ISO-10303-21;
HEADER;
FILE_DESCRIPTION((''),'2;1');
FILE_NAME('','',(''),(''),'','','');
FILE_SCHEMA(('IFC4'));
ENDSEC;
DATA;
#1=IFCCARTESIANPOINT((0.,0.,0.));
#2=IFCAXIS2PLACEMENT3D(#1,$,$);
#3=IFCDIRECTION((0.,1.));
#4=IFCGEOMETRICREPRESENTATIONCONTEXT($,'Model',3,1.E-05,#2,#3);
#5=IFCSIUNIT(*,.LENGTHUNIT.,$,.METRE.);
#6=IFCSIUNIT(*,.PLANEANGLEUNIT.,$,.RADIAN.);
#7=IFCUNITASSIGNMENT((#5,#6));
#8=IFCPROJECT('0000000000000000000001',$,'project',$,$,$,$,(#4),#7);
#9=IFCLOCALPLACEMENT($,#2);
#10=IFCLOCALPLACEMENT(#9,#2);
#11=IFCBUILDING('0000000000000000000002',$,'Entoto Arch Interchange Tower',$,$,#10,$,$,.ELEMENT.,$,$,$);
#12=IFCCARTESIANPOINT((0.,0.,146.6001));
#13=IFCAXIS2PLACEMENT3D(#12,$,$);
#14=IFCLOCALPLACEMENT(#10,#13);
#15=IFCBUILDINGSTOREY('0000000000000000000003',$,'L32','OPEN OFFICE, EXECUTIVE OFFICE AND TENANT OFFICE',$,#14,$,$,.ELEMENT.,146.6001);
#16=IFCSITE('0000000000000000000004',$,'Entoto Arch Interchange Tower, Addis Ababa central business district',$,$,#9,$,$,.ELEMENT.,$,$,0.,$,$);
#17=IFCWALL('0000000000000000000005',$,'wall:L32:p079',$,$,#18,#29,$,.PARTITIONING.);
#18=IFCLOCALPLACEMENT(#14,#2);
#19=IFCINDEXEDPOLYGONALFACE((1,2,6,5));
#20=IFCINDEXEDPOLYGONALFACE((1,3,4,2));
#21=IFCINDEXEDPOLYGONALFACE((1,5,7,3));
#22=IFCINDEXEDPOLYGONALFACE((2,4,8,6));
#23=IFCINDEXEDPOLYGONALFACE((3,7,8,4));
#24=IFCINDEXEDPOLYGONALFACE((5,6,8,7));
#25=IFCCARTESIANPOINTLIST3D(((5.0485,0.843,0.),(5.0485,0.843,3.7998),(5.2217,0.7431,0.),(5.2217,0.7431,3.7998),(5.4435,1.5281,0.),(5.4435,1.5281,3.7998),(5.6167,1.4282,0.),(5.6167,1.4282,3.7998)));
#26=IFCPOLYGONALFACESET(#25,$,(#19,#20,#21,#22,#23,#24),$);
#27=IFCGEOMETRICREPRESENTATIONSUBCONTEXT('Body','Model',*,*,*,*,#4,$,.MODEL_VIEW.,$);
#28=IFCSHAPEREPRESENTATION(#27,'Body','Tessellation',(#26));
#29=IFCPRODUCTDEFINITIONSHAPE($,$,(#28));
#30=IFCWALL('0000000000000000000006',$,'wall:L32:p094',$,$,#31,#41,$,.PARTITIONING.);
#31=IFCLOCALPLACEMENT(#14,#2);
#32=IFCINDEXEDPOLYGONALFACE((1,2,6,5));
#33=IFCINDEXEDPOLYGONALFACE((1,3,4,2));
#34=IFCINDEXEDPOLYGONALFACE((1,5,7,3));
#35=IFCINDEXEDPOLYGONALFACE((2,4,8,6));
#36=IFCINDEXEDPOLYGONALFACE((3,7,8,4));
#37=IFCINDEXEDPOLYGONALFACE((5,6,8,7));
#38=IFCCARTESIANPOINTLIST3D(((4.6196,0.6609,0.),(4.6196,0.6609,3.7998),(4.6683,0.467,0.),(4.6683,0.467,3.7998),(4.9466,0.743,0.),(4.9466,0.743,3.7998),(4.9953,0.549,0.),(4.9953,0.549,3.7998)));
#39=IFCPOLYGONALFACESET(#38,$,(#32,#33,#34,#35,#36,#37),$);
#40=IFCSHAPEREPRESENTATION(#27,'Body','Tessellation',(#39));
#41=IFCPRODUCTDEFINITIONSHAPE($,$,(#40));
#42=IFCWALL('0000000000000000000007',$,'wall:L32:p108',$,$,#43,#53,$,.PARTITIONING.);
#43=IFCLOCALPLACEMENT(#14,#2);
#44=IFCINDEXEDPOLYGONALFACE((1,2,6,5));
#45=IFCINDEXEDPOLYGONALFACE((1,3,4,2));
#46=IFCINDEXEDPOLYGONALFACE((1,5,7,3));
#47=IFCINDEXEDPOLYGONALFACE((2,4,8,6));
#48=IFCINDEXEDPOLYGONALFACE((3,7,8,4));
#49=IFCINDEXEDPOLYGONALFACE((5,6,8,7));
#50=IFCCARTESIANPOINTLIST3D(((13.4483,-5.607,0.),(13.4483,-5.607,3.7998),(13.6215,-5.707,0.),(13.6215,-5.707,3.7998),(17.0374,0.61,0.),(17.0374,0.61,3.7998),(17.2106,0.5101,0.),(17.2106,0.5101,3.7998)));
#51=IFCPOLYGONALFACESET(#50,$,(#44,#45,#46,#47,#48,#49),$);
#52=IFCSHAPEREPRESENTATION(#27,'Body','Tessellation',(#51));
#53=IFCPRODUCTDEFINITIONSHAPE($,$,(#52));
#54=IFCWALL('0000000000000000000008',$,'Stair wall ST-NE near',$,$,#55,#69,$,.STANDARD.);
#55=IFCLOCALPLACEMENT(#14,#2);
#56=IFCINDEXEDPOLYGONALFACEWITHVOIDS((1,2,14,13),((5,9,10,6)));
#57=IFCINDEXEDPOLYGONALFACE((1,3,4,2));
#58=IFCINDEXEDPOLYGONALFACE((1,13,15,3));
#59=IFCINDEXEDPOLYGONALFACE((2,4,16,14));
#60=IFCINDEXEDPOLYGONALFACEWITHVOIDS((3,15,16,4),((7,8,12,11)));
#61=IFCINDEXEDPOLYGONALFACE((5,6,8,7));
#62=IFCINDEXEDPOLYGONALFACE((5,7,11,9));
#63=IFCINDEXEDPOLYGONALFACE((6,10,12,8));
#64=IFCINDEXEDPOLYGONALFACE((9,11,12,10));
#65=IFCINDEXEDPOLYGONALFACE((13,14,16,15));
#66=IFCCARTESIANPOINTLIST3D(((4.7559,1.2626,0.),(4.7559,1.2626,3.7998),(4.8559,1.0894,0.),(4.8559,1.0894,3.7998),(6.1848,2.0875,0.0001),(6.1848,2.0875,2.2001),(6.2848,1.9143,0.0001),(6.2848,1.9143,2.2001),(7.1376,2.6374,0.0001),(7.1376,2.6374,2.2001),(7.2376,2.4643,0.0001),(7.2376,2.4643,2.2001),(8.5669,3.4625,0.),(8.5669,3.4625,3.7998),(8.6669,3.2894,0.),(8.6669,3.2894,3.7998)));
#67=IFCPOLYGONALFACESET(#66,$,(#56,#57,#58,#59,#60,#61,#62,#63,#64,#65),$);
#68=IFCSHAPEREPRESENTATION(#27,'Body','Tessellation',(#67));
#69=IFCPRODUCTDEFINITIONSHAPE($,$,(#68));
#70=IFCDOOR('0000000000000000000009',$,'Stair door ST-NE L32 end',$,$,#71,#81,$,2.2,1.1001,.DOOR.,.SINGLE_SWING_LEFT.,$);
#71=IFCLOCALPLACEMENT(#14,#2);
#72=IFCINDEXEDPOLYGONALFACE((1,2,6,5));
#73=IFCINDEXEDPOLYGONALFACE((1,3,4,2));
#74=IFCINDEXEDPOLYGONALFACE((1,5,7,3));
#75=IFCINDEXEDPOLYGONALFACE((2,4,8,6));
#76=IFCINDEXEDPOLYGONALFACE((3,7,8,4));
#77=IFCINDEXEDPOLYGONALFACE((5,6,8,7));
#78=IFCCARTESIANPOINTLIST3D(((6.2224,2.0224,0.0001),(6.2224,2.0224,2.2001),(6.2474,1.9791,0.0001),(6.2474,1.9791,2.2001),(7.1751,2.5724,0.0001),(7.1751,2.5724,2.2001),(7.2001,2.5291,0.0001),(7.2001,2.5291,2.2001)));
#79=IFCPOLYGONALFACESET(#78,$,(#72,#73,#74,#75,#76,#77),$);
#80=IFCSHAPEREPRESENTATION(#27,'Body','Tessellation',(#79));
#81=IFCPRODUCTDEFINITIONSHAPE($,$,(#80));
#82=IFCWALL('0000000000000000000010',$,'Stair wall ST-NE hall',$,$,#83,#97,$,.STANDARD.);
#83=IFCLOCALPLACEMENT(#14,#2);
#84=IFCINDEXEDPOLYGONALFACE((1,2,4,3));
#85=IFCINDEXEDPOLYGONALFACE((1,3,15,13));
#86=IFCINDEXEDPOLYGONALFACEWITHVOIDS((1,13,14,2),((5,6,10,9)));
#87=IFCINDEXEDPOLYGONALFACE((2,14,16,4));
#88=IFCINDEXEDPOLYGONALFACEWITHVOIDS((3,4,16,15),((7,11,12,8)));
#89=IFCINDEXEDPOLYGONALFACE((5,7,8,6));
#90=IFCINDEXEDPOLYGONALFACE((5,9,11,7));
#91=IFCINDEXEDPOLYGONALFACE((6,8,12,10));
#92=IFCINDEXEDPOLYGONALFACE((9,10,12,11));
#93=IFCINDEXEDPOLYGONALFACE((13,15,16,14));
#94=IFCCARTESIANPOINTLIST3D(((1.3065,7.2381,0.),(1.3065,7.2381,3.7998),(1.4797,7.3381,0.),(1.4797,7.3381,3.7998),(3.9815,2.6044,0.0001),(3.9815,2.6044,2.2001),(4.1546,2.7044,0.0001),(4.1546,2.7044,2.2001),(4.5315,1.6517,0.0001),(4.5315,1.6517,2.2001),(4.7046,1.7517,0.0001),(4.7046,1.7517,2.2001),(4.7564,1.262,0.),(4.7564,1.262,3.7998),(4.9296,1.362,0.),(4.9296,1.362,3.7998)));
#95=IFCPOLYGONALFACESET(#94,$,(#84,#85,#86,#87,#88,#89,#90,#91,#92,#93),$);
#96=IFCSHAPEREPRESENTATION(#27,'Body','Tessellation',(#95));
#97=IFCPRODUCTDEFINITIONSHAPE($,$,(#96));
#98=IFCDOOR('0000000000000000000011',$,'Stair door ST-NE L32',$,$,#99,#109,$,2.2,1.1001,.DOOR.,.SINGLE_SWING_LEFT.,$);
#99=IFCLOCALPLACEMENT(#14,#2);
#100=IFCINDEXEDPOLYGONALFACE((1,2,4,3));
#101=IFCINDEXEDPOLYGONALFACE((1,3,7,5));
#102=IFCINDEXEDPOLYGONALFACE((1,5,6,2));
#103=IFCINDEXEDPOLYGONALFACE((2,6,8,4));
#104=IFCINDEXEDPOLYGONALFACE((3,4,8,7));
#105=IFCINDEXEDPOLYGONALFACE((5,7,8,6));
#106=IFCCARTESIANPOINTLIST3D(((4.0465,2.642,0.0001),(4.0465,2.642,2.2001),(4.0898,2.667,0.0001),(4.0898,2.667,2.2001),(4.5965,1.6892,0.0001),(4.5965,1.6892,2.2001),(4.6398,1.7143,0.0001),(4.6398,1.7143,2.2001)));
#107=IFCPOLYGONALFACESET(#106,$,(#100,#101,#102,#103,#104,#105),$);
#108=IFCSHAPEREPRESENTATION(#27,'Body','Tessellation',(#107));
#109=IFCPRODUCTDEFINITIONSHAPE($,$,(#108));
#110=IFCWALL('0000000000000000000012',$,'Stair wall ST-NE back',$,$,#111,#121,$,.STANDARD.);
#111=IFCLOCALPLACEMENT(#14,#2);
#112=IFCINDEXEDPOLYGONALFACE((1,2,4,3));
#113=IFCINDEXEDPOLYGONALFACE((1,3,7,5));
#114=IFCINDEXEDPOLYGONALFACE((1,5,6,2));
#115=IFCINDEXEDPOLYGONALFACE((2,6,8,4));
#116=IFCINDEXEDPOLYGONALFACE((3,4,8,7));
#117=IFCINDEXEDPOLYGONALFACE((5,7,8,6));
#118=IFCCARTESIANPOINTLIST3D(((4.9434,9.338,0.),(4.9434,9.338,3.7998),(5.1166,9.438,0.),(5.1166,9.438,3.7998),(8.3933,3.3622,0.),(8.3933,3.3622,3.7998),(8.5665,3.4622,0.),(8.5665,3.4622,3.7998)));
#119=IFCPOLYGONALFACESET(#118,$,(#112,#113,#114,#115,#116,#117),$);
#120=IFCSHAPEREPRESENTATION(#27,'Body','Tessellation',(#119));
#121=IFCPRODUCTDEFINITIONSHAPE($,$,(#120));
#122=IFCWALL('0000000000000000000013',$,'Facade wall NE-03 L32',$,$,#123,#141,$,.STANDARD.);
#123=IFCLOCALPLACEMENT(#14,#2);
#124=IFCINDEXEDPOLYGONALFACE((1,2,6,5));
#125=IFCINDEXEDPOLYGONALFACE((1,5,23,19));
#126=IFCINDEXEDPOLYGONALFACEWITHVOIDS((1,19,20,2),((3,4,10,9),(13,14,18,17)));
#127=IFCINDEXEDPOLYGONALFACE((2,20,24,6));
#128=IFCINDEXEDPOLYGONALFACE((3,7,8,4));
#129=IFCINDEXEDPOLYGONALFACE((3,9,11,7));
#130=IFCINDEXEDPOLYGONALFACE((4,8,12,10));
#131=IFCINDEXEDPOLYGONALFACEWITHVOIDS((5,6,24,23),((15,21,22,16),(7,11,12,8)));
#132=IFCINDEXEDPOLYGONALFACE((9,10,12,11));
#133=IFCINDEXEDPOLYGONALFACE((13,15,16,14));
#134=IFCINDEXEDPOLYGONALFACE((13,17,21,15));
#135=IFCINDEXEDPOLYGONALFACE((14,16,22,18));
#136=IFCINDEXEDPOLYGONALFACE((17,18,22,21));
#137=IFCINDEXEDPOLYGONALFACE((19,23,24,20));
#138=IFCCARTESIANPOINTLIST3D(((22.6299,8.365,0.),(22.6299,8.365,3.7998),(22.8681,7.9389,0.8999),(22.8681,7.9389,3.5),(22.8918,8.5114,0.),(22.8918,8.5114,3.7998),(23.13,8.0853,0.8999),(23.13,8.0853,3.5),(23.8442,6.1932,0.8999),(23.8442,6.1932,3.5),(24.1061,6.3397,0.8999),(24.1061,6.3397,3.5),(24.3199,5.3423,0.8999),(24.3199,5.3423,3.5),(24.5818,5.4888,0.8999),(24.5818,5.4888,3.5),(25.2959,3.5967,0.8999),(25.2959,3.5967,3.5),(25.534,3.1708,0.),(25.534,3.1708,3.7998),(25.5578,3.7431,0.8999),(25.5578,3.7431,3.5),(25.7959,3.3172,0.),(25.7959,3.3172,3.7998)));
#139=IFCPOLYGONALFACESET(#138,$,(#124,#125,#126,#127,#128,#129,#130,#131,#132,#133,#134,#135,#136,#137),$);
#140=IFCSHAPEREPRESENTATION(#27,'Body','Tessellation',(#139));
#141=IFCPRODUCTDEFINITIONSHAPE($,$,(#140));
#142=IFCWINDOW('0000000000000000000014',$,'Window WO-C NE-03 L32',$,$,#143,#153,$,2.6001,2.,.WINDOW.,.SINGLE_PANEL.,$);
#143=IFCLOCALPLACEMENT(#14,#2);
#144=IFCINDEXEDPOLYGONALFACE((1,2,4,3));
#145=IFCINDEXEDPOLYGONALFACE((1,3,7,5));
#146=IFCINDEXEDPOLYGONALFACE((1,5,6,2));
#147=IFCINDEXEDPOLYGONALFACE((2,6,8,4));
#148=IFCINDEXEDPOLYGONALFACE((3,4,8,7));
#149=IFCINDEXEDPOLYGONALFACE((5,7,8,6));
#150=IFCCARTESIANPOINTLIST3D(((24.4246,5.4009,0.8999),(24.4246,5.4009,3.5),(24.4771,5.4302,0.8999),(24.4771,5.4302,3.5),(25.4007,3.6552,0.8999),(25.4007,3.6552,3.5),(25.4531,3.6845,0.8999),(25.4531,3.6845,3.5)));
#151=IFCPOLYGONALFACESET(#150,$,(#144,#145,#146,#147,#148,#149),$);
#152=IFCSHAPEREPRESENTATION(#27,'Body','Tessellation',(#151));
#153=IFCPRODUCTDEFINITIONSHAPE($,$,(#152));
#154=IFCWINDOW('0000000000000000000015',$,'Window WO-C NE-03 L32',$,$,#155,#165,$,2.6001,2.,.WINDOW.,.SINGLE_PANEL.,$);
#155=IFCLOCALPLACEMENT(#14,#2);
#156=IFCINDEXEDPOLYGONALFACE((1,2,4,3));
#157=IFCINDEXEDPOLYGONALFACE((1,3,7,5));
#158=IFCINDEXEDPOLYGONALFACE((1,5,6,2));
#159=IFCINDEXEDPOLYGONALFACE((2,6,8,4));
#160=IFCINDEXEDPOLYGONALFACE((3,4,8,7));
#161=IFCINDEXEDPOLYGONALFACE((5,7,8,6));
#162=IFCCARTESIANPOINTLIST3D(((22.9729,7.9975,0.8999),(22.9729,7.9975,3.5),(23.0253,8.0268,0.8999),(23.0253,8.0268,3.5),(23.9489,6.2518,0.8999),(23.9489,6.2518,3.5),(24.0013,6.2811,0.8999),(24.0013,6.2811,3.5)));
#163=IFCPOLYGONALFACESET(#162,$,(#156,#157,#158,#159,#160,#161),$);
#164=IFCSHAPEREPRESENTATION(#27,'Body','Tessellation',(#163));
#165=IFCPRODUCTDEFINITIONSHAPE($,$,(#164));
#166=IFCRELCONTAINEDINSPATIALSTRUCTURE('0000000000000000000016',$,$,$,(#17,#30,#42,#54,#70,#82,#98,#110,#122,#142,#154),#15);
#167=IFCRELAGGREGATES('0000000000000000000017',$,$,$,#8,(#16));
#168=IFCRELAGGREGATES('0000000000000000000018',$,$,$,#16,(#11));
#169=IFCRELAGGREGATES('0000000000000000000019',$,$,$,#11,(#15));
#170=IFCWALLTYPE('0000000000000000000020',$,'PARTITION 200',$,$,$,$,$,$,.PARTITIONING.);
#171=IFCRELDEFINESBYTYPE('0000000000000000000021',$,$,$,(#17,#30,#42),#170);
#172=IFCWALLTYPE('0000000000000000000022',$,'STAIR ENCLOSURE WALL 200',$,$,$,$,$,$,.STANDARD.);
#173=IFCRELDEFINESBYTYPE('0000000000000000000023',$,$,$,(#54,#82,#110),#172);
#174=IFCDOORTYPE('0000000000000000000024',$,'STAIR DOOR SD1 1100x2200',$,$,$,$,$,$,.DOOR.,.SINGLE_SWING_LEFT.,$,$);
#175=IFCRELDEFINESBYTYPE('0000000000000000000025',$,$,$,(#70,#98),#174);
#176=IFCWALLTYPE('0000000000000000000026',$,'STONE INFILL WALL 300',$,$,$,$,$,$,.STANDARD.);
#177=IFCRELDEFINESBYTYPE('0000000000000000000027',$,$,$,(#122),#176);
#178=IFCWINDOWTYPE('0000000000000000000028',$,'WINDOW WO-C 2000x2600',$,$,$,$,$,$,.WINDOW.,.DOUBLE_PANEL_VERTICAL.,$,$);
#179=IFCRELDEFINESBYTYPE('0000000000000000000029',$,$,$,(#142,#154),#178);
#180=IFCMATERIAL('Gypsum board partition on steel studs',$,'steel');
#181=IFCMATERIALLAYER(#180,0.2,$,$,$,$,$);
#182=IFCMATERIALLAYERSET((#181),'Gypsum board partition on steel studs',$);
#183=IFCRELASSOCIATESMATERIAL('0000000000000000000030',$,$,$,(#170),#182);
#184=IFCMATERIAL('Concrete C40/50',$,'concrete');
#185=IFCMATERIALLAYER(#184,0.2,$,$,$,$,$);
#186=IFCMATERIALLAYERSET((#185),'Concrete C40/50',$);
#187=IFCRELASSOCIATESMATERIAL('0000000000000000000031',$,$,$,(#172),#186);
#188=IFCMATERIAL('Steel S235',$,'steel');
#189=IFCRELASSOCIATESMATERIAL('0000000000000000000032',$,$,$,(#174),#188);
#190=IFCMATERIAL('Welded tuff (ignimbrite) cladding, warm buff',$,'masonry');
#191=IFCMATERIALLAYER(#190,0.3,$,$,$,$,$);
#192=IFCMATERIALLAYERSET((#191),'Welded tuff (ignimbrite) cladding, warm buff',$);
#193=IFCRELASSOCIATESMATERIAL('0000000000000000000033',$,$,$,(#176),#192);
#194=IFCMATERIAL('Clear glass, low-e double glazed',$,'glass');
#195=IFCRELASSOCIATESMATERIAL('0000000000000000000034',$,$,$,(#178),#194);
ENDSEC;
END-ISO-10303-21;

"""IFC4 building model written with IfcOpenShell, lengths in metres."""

from ifc_helpers import new_model, si_unit, direction, frame, frame_2d, origin, place, context, subcontext, project, spatial, rectangle, extrude, material, layer, layer_set, type_object, element, fill, save


model = new_model("IFC4")

# Units and contexts
model_context = context("Model", 3, precision=1e-05, world=origin(), true_north=direction((0.0, 1.0)))
body_context = subcontext(model_context, "Body", "Model", "MODEL_VIEW")
ifc_project = project(units=[si_unit("LENGTHUNIT", "METRE"), si_unit("PLANEANGLEUNIT", "RADIAN")], contexts=[model_context])

# Site, building, storey
site_placement = place(None, origin())
site = spatial("IfcSite", under=ifc_project, at=site_placement, Name="Entoto Arch Interchange Tower, Addis Ababa central business district", CompositionType="ELEMENT", RefElevation=0.0)
building_placement = place(site_placement, origin())
building = spatial("IfcBuilding", under=site, at=building_placement, Name="Entoto Arch Interchange Tower", CompositionType="ELEMENT")
storey_placement = place(building_placement, frame((0.0, 0.0, 146.6001)))
storey = spatial("IfcBuildingStorey", under=building, at=storey_placement, Name="L32", Description="OPEN OFFICE, EXECUTIVE OFFICE AND TENANT OFFICE", CompositionType="ELEMENT", Elevation=146.6001)

# Shared definitions
ifc_material_1 = material(Name="Concrete C40/50", Category="concrete")
ifc_material_2 = material(Name="Gypsum board partition on steel studs", Category="steel")
ifc_layer_1 = layer(ifc_material_2, 0.2)
ifc_layer_set_1 = layer_set([ifc_layer_1], Name="Gypsum board partition on steel studs")
wall_type_1 = type_object("IfcWallType", Name="PARTITION 200", PredefinedType="PARTITIONING", material=ifc_layer_set_1)

# Walls
wall_1_placement = place(storey_placement, frame((5.135, 0.793, 0.0), z_axis=(0.0, 0.0, 1.0), x_axis=(0.499526, 0.866299, 0.0)))
element("IfcWall", 1, at=wall_1_placement, inside=storey, type_object=wall_type_1, Name="wall:L32:p079", PredefinedType="PARTITIONING", context=body_context, shape_type="SweptSolid", body=[
    extrude(rectangle(XDim=0.7908, YDim=0.2, at=frame_2d((0.3955, 0.0))), origin(), (0.0, 0.0, 1.0), 3.7998),
])
wall_2_placement = place(storey_placement, frame((4.644, 0.564, 0.0), z_axis=(0.0, 0.0, 1.0), x_axis=(0.969929, 0.243388, 0.0)))
element("IfcWall", 2, at=wall_2_placement, inside=storey, type_object=wall_type_1, Name="wall:L32:p094", PredefinedType="PARTITIONING", context=body_context, shape_type="SweptSolid", body=[
    extrude(rectangle(XDim=0.3372, YDim=0.2, at=frame_2d((0.1685, 0.0))), origin(), (0.0, 0.0, 1.0), 3.7998),
])
wall_3_placement = place(storey_placement, frame((17.124, 0.5601, 0.0), z_axis=(0.0, 0.0, 1.0), x_axis=(-0.499969, -0.866043, 0.0)))
element("IfcWall", 3, at=wall_3_placement, inside=storey, type_object=wall_type_1, Name="wall:L32:p108", PredefinedType="PARTITIONING", context=body_context, shape_type="SweptSolid", body=[
    extrude(rectangle(XDim=7.1787, YDim=0.2, at=frame_2d((3.5894, 0.0))), origin(), (0.0, 0.0, 1.0), 3.7998),
])

# Walls, openings, doors
ifc_layer_2 = layer(ifc_material_1, 0.2)
ifc_layer_set_2 = layer_set([ifc_layer_2], Name="Concrete C40/50")
wall_type_2 = type_object("IfcWallType", Name="STAIR ENCLOSURE WALL 200", PredefinedType="STANDARD", material=ifc_layer_set_2)
wall_4_placement = place(storey_placement, frame((4.8059, 1.176, 0.0), z_axis=(0.0, 0.0, 1.0), x_axis=(0.86606, 0.49994, 0.0)))
wall_4 = element("IfcWall", 4, at=wall_4_placement, inside=storey, type_object=wall_type_2, Name="Stair wall ST-NE near", PredefinedType="STANDARD", context=body_context, shape_type="SweptSolid", body=[
    extrude(rectangle(XDim=4.4004, YDim=0.2, at=frame_2d((2.2002, 0.0))), origin(), (0.0, 0.0, 1.0), 3.7998),
])
opening_1_placement = place(wall_4_placement, frame((1.6499, 0.0, 0.0)))
opening_1 = element("IfcOpeningElement", 5, at=opening_1_placement, cuts=wall_4, PredefinedType="OPENING", context=body_context, shape_type="SweptSolid", body=[
    extrude(rectangle(XDim=1.1001, YDim=2.2, at=frame_2d((0.55, 1.1001))), frame((0.0, 0.1099, 0.0), z_axis=(0.0, -1.0, 0.0), x_axis=(1.0, 0.0, 0.0)), (0.0, 0.0, 1.0), 0.22),
])
ifc_material_3 = material(Name="Steel S235", Category="steel")
door_type_1 = type_object("IfcDoorType", Name="STAIR DOOR SD1 1100x2200", OperationType="SINGLE_SWING_LEFT", PredefinedType="DOOR", material=ifc_material_3)
door_1_placement = place(opening_1_placement, origin())
door_1 = element("IfcDoor", 6, at=door_1_placement, inside=storey, type_object=door_type_1, Name="Stair door ST-NE L32 end", OperationType="SINGLE_SWING_LEFT", OverallHeight=2.2, OverallWidth=1.1001, PredefinedType="DOOR", context=body_context, shape_type="SweptSolid", body=[
    extrude(rectangle(XDim=1.1001, YDim=2.2, at=frame_2d((0.55, 1.1001))), frame((0.0, 0.0249, 0.0), z_axis=(0.0, -1.0, 0.0), x_axis=(1.0, 0.0, 0.0)), (0.0, 0.0, 1.0), 0.05),
])
fill(opening_1, door_1)
wall_5_placement = place(storey_placement, frame((4.843, 1.312, 0.0), z_axis=(0.0, 0.0, 1.0), x_axis=(-0.499963, 0.866047, 0.0)))
wall_5 = element("IfcWall", 7, at=wall_5_placement, inside=storey, type_object=wall_type_2, Name="Stair wall ST-NE hall", PredefinedType="STANDARD", context=body_context, shape_type="SweptSolid", body=[
    extrude(rectangle(XDim=6.9004, YDim=0.2, at=frame_2d((3.4502, 0.0))), origin(), (0.0, 0.0, 1.0), 3.7998),
])
opening_2_placement = place(wall_5_placement, frame((0.45, 0.0, 0.0)))
opening_2 = element("IfcOpeningElement", 8, at=opening_2_placement, cuts=wall_5, PredefinedType="OPENING", context=body_context, shape_type="SweptSolid", body=[
    extrude(rectangle(XDim=1.1001, YDim=2.2, at=frame_2d((0.55, 1.1001))), frame((0.0, 0.1099, 0.0), z_axis=(0.0, -1.0, 0.0), x_axis=(1.0, 0.0, 0.0)), (0.0, 0.0, 1.0), 0.22),
])
door_2_placement = place(opening_2_placement, origin())
door_2 = element("IfcDoor", 9, at=door_2_placement, inside=storey, type_object=door_type_1, Name="Stair door ST-NE L32", OperationType="SINGLE_SWING_LEFT", OverallHeight=2.2, OverallWidth=1.1001, PredefinedType="DOOR", context=body_context, shape_type="SweptSolid", body=[
    extrude(rectangle(XDim=1.1001, YDim=2.2, at=frame_2d((0.55, 1.1001))), frame((0.0, 0.0249, 0.0), z_axis=(0.0, -1.0, 0.0), x_axis=(1.0, 0.0, 0.0)), (0.0, 0.0, 1.0), 0.05),
])
fill(opening_2, door_2)

# Wall
wall_6_placement = place(storey_placement, frame((8.48, 3.4121, 0.0), z_axis=(0.0, 0.0, 1.0), x_axis=(-0.499979, 0.866038, 0.0)))
element("IfcWall", 10, at=wall_6_placement, inside=storey, type_object=wall_type_2, Name="Stair wall ST-NE back", PredefinedType="STANDARD", context=body_context, shape_type="SweptSolid", body=[
    extrude(rectangle(XDim=6.9001, YDim=0.2, at=frame_2d((3.4502, 0.0))), origin(), (0.0, 0.0, 1.0), 3.7998),
])

# Wall, openings, windows
ifc_material_4 = material(Name="Welded tuff (ignimbrite) cladding, warm buff", Category="masonry")
ifc_layer_3 = layer(ifc_material_4, 0.3)
ifc_layer_set_3 = layer_set([ifc_layer_3], Name="Welded tuff (ignimbrite) cladding, warm buff")
wall_type_3 = type_object("IfcWallType", Name="STONE INFILL WALL 300", PredefinedType="STANDARD", material=ifc_layer_set_3)
wall_7_placement = place(storey_placement, frame((25.665, 3.2439, 0.0), z_axis=(0.0, 0.0, 1.0), x_axis=(-0.48801, 0.872838, 0.0)))
wall_7 = element("IfcWall", 11, at=wall_7_placement, inside=storey, type_object=wall_type_3, Name="Facade wall NE-03 L32", PredefinedType="STANDARD", context=body_context, shape_type="SweptSolid", body=[
    extrude(rectangle(XDim=5.9509, YDim=0.3, at=frame_2d((2.9756, 0.0))), origin(), (0.0, 0.0, 1.0), 3.7998),
])
opening_3_placement = place(wall_7_placement, frame((0.488, 0.0, 0.8999)))
opening_3 = element("IfcOpeningElement", 12, at=opening_3_placement, cuts=wall_7, PredefinedType="OPENING", context=body_context, shape_type="SweptSolid", body=[
    extrude(rectangle(XDim=2.0, YDim=2.6001, at=frame_2d((1.0, 1.3))), frame((0.0, 0.1602, 0.0), z_axis=(0.0, -1.0, 0.0), x_axis=(1.0, 0.0, 0.0)), (0.0, 0.0, 1.0), 0.3201),
])
opening_4_placement = place(wall_7_placement, frame((3.4629, 0.0, 0.8999)))
opening_4 = element("IfcOpeningElement", 13, at=opening_4_placement, cuts=wall_7, PredefinedType="OPENING", context=body_context, shape_type="SweptSolid", body=[
    extrude(rectangle(XDim=2.0, YDim=2.6001, at=frame_2d((1.0, 1.3))), frame((0.0, 0.1602, 0.0), z_axis=(0.0, -1.0, 0.0), x_axis=(1.0, 0.0, 0.0)), (0.0, 0.0, 1.0), 0.3201),
])
ifc_material_5 = material(Name="Clear glass, low-e double glazed", Category="glass")
window_type = type_object("IfcWindowType", Name="WINDOW WO-C 2000x2600", PartitioningType="DOUBLE_PANEL_VERTICAL", PredefinedType="WINDOW", material=ifc_material_5)
window_1_placement = place(opening_3_placement, origin())
window_1 = element("IfcWindow", 14, at=window_1_placement, inside=storey, type_object=window_type, Name="Window WO-C NE-03 L32", OverallHeight=2.6001, OverallWidth=2.0, PartitioningType="SINGLE_PANEL", PredefinedType="WINDOW", context=body_context, shape_type="SweptSolid", body=[
    extrude(rectangle(XDim=2.0, YDim=2.6001, at=frame_2d((1.0, 1.3))), frame((0.0, 0.03, 0.0), z_axis=(0.0, -1.0, 0.0), x_axis=(1.0, 0.0, 0.0)), (0.0, 0.0, 1.0), 0.0601),
])
fill(opening_3, window_1)
window_2_placement = place(opening_4_placement, origin())
window_2 = element("IfcWindow", 15, at=window_2_placement, inside=storey, type_object=window_type, Name="Window WO-C NE-03 L32", OverallHeight=2.6001, OverallWidth=2.0, PartitioningType="SINGLE_PANEL", PredefinedType="WINDOW", context=body_context, shape_type="SweptSolid", body=[
    extrude(rectangle(XDim=2.0, YDim=2.6001, at=frame_2d((1.0, 1.3))), frame((0.0, 0.03, 0.0), z_axis=(0.0, -1.0, 0.0), x_axis=(1.0, 0.0, 0.0)), (0.0, 0.0, 1.0), 0.0601),
])
fill(opening_4, window_2)

save(model, "model.ifc")
